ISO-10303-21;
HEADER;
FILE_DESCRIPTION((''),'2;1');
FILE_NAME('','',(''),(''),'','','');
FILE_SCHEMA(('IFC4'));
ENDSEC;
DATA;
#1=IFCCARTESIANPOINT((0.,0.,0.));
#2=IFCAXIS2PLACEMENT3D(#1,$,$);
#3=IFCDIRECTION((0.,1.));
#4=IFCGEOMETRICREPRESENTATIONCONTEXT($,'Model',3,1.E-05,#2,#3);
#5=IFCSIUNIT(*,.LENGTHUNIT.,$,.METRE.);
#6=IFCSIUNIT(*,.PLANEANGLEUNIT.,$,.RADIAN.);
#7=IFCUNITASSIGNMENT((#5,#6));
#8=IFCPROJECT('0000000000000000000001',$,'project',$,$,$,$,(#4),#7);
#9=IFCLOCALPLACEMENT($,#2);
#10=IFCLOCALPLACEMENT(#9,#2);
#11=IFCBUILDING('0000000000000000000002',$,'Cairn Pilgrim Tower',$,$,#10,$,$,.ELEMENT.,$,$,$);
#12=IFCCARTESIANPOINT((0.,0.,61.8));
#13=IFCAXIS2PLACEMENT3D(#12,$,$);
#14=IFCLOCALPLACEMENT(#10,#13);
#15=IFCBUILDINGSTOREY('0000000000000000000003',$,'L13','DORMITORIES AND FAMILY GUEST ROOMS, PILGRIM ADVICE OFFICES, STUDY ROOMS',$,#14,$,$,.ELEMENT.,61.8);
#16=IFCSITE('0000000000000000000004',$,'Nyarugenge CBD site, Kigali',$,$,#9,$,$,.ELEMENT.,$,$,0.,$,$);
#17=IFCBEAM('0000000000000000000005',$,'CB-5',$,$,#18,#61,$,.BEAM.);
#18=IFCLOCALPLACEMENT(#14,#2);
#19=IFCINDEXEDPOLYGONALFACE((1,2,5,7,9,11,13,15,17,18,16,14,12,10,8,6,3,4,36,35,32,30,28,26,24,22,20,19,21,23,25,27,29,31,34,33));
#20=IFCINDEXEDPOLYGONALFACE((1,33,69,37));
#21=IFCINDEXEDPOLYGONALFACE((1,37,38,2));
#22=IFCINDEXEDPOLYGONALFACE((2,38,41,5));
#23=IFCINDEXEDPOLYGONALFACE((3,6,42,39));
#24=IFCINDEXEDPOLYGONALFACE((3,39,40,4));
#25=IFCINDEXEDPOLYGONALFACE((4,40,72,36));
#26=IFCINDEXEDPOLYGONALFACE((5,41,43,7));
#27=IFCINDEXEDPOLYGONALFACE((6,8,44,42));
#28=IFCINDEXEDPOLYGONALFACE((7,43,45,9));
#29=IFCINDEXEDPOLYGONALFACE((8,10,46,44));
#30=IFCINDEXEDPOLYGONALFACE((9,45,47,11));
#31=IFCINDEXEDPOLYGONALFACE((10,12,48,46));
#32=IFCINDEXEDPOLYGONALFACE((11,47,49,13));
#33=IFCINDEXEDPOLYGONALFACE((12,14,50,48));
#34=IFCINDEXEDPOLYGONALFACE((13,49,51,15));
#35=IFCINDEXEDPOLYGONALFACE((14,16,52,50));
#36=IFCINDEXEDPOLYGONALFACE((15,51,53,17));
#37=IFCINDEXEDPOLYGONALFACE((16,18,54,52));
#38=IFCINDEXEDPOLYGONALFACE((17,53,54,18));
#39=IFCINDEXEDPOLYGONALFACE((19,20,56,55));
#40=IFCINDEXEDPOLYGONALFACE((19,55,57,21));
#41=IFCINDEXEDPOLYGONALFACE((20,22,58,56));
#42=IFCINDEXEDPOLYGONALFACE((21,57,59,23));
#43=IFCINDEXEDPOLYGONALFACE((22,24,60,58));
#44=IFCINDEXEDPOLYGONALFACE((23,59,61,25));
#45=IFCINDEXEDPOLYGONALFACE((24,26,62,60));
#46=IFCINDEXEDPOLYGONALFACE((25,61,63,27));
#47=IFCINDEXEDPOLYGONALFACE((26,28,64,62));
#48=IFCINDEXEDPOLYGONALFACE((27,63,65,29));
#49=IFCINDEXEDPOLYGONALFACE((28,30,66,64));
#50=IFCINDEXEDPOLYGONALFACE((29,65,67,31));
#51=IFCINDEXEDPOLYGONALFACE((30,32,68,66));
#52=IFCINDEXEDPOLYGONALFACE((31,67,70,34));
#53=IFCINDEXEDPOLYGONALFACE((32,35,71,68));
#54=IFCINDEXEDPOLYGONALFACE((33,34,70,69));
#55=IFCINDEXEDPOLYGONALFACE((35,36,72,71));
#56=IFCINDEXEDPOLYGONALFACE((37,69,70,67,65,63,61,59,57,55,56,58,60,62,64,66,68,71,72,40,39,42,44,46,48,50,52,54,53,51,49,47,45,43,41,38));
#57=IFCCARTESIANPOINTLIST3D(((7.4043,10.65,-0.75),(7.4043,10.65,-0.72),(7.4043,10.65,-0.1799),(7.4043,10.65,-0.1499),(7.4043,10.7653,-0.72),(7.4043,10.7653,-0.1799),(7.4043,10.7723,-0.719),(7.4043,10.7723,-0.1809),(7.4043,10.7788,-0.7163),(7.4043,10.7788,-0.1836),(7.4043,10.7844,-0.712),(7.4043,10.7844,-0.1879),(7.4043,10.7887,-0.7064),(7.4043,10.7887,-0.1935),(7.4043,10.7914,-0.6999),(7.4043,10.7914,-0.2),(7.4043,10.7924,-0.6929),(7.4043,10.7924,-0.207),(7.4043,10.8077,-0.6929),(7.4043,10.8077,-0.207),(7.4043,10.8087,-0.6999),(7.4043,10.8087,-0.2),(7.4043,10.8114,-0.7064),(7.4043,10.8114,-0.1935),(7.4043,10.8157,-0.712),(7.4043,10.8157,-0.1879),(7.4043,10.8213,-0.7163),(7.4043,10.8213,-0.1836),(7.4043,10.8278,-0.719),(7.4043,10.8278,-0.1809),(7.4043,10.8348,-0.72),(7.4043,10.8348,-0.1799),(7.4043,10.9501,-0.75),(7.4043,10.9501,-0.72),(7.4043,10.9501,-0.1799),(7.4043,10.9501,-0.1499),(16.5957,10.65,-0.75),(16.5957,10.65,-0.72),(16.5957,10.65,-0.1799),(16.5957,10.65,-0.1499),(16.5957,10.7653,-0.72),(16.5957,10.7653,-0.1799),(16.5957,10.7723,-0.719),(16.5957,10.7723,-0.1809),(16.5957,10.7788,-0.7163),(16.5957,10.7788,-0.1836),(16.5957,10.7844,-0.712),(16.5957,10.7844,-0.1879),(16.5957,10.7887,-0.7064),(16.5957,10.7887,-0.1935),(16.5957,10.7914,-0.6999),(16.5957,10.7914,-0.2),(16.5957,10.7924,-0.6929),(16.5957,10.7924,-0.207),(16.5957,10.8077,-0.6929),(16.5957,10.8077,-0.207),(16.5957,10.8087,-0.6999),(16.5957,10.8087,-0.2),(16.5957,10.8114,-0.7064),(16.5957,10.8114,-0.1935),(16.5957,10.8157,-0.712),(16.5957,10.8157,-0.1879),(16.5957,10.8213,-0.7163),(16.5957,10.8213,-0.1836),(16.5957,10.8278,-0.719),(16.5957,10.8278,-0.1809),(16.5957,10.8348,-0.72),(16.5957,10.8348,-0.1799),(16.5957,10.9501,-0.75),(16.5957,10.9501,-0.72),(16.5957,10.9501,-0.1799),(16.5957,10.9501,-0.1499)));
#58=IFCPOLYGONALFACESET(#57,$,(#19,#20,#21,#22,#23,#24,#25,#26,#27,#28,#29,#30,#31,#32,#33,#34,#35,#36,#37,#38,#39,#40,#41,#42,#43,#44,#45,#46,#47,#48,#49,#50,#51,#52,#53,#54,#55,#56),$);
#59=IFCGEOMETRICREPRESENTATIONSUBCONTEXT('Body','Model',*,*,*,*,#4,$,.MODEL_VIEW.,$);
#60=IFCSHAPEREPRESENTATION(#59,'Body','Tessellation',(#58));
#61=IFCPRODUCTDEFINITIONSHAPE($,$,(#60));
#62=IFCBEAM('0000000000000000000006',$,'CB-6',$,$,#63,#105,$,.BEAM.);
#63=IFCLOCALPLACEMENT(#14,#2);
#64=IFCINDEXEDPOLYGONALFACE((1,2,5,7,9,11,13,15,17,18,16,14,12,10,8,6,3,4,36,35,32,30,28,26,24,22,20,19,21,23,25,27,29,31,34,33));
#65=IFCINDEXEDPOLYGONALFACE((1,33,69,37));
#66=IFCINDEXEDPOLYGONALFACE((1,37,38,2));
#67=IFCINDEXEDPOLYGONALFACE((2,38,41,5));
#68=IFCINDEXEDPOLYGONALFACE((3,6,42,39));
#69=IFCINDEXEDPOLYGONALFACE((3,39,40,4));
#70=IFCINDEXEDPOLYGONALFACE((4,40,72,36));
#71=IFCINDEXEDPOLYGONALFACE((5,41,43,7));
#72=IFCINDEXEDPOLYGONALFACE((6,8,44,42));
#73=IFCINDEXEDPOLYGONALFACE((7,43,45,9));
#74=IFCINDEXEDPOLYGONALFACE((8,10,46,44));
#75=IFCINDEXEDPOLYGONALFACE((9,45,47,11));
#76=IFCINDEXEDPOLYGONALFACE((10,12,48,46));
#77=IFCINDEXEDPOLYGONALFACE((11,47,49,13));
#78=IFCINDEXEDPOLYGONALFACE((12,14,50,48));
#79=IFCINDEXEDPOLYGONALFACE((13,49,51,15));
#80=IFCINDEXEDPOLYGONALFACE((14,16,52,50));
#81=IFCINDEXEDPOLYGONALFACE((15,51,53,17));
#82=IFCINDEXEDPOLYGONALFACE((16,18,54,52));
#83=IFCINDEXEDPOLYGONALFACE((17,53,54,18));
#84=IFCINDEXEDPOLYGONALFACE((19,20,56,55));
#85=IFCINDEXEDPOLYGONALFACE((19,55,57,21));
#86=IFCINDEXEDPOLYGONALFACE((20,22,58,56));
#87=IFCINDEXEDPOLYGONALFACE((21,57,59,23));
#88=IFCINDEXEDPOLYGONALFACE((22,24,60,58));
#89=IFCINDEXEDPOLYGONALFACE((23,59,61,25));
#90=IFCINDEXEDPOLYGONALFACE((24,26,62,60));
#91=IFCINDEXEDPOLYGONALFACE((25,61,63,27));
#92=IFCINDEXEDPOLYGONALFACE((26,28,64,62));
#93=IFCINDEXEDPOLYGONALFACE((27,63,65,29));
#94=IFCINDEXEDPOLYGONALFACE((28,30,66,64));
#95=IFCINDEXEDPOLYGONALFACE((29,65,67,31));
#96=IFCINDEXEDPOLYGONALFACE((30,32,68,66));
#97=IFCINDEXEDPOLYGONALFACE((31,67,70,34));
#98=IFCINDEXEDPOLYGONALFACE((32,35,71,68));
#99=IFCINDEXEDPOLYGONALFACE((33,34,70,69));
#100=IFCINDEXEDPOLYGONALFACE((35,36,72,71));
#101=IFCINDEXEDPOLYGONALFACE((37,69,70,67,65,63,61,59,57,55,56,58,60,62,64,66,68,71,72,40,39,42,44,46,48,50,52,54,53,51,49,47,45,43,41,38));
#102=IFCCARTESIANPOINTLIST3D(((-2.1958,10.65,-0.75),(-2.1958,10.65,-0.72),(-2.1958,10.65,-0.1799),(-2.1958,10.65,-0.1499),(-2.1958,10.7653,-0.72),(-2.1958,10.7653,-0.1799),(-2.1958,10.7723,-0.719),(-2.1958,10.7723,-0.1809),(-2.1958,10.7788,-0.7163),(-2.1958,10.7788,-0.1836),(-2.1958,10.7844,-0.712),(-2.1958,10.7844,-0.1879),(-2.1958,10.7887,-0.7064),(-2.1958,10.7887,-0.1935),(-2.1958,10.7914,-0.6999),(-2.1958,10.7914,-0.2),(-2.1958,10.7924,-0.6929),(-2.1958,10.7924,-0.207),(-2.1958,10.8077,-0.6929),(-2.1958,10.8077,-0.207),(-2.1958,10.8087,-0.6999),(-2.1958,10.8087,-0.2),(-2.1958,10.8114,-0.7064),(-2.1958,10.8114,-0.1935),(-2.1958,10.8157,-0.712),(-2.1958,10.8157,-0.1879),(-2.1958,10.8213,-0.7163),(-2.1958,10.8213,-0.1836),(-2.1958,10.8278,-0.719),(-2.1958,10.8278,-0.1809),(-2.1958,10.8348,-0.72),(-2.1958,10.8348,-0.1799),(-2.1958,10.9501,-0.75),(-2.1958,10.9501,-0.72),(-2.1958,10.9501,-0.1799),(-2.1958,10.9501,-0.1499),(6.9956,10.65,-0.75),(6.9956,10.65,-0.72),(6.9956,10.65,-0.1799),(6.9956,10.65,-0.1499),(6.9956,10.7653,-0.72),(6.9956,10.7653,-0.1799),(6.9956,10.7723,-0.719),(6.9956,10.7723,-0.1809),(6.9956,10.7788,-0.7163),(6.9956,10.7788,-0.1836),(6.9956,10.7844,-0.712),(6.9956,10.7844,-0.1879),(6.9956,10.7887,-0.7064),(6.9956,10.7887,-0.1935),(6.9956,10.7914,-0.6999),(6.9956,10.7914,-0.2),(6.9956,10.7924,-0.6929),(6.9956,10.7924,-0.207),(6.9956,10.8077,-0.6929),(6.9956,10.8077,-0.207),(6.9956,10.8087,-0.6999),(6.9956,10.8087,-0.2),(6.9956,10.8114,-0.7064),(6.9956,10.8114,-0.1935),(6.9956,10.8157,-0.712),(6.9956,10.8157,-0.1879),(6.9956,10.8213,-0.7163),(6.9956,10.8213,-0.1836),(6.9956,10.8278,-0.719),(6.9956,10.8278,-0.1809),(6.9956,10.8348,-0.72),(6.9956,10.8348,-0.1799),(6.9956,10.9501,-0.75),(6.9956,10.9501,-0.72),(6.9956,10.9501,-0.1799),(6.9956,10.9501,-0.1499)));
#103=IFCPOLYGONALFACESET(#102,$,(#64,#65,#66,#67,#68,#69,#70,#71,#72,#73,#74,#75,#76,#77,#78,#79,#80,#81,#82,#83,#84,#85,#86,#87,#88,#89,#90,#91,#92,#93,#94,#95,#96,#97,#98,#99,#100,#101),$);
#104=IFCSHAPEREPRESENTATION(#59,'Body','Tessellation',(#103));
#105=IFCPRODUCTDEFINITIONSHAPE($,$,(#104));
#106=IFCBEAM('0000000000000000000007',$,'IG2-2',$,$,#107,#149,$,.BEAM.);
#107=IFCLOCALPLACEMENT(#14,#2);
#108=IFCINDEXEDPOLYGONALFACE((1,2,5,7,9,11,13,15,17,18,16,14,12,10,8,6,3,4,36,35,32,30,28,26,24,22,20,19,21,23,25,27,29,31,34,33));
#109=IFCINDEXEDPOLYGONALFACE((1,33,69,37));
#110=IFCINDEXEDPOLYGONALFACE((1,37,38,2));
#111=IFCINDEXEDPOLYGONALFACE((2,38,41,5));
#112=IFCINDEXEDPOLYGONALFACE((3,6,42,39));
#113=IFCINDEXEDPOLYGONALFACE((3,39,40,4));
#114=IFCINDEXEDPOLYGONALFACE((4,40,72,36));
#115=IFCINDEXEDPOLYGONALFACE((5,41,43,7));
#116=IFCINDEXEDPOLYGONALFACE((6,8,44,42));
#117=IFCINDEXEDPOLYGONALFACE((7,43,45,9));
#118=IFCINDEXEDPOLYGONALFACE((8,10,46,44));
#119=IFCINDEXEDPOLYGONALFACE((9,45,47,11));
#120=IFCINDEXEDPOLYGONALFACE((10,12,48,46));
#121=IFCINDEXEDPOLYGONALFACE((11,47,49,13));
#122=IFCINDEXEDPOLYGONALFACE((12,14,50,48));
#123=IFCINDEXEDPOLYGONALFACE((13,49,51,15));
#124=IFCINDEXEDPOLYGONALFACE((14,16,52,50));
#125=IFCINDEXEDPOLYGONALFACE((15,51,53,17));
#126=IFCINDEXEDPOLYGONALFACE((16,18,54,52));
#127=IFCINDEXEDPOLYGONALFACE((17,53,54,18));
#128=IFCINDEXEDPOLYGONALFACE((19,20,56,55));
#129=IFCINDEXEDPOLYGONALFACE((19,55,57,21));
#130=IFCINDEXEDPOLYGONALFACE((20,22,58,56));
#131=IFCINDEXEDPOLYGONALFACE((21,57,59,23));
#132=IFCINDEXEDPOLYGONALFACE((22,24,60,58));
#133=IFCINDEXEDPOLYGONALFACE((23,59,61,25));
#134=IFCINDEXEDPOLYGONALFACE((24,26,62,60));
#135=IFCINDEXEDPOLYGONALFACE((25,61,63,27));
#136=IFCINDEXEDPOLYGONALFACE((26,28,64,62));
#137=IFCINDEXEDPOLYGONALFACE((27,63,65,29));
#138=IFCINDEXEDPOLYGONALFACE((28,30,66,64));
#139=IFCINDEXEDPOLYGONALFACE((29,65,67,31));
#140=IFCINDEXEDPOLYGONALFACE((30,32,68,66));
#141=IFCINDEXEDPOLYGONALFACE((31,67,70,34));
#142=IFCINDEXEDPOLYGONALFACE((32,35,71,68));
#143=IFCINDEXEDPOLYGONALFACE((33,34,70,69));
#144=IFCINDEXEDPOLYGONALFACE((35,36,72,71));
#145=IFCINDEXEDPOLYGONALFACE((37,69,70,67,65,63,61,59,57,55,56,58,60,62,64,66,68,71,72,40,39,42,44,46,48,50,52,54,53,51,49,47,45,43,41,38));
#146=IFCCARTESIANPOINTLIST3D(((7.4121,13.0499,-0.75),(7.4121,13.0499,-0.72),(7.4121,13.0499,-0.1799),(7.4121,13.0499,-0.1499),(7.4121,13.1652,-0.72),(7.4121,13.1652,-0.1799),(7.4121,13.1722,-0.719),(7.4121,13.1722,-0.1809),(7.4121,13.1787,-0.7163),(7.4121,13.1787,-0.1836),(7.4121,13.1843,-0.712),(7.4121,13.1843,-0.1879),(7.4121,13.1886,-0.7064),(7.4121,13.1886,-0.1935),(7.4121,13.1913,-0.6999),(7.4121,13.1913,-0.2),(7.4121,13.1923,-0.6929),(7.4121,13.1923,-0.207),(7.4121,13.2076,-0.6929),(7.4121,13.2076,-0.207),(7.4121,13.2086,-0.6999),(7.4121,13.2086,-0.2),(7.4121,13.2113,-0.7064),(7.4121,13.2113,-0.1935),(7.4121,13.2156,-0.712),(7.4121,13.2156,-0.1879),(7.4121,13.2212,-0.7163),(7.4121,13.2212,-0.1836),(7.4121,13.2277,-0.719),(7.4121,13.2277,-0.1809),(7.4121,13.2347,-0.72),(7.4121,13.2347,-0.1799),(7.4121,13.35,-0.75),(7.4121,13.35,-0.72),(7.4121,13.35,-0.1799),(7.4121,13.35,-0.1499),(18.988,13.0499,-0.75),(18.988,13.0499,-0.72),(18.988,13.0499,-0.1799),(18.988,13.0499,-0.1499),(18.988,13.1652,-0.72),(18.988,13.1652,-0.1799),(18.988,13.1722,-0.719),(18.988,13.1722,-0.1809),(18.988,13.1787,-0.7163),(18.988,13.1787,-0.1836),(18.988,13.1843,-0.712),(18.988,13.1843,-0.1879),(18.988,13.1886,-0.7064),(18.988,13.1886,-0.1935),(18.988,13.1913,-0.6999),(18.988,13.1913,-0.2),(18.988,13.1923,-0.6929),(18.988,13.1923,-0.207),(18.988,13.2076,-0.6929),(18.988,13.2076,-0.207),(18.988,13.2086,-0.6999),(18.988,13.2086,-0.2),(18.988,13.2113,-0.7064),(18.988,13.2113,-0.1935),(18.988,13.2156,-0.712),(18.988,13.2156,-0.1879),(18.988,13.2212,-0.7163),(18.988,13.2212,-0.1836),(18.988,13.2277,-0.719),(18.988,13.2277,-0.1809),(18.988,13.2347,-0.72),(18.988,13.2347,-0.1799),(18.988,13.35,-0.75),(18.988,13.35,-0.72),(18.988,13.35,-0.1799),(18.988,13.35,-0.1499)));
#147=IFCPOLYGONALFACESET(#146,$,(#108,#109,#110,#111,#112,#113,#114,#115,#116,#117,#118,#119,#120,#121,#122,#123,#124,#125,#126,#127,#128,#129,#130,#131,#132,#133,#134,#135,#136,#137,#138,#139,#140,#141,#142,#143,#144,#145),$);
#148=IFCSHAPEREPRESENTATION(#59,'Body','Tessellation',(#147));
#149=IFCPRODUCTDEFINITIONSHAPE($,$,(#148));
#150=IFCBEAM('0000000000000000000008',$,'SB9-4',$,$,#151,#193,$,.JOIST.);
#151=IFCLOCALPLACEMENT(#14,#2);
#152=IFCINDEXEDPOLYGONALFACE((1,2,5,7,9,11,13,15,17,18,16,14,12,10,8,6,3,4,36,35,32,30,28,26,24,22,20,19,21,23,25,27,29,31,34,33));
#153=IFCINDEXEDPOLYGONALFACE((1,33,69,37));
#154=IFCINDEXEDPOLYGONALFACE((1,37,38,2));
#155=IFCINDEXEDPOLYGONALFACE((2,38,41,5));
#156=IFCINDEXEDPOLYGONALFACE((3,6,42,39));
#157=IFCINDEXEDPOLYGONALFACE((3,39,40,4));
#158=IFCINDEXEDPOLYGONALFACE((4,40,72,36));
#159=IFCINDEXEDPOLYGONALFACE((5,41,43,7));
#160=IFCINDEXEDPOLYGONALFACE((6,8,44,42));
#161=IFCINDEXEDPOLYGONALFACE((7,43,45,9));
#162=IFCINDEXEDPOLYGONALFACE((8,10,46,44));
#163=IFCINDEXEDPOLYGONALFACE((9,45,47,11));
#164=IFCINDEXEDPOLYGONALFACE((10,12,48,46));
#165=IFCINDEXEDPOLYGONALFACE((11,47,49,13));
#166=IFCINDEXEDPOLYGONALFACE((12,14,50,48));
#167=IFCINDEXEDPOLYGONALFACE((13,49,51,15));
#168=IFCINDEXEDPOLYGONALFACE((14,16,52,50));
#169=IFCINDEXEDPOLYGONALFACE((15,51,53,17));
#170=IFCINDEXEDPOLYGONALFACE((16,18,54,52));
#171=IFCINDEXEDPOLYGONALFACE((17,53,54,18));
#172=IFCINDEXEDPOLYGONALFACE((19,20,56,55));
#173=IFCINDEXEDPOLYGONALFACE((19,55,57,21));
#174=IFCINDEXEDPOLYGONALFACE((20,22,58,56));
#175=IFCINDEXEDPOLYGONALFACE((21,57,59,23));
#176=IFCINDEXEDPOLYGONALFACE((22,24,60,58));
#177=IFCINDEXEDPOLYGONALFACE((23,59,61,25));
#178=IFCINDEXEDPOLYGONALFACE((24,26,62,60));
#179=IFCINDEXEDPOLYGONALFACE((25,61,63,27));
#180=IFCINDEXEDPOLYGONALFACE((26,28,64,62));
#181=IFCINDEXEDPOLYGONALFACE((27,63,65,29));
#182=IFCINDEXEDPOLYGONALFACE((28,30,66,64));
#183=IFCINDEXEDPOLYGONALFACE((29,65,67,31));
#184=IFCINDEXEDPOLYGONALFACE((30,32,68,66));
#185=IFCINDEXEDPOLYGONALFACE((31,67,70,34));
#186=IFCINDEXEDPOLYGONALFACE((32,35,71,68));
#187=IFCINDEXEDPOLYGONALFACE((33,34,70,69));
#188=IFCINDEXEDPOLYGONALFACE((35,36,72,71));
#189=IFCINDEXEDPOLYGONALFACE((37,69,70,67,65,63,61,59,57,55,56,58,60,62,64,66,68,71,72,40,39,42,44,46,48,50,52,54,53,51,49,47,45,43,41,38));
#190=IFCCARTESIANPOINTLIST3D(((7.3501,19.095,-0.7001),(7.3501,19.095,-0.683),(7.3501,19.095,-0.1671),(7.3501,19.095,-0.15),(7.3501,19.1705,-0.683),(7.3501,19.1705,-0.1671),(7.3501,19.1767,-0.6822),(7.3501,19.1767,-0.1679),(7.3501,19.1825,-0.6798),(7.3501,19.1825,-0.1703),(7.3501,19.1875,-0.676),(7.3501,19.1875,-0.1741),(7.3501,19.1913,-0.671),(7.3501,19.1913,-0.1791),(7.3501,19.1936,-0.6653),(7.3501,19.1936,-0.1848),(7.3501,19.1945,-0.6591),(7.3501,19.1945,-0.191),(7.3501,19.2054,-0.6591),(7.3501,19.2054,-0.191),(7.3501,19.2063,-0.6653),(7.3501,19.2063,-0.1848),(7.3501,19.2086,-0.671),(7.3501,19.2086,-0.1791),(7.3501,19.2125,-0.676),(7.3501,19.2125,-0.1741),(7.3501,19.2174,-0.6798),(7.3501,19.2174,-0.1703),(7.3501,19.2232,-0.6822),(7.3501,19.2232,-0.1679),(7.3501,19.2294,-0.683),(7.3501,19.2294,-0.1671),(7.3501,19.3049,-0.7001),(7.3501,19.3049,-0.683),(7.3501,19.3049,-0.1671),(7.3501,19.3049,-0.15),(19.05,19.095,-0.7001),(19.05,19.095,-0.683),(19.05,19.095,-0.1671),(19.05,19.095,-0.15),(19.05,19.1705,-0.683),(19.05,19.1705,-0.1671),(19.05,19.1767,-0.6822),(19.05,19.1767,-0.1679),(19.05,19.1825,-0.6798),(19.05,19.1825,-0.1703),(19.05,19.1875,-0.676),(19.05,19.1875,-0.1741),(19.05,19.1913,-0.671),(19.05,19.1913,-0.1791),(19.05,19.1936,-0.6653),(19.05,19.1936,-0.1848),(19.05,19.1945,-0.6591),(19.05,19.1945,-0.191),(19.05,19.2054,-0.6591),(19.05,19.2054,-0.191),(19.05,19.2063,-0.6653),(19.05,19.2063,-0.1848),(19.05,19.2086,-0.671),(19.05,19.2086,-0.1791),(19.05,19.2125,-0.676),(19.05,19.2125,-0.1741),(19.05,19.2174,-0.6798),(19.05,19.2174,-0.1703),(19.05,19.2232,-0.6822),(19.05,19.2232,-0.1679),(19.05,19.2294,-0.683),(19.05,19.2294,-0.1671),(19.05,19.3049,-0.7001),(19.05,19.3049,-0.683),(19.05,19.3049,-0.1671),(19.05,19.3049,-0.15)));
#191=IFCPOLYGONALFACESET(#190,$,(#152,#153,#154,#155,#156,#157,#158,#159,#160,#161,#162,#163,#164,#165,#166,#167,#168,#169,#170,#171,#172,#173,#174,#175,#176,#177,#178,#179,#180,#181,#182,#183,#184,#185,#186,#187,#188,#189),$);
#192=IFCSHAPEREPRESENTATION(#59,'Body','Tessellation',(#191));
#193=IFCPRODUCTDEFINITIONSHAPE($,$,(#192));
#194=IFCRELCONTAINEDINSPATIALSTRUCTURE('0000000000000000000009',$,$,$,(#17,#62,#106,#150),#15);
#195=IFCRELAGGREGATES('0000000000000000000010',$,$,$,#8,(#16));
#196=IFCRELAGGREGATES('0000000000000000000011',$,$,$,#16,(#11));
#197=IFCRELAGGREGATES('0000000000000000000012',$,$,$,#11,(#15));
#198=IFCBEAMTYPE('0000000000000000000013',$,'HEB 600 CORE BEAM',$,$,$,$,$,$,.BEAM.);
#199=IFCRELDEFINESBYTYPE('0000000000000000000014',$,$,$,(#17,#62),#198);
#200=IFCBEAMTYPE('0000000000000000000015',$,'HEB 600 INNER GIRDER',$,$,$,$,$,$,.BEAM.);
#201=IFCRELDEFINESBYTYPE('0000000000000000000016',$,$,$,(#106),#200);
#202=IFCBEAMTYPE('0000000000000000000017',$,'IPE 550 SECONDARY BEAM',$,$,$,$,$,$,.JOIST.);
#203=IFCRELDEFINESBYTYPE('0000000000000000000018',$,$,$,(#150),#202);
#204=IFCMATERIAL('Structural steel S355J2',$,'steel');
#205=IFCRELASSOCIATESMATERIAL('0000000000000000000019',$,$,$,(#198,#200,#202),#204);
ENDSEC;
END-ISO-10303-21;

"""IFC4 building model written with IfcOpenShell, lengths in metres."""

from ifc_helpers import new_model, si_unit, direction, frame, origin, origin_2d, place, context, subcontext, project, spatial, i_section, extrude, material, material_profile, profile_set, type_object, element, save


model = new_model("IFC4")

# Units and contexts
model_context = context("Model", 3, precision=1e-05, world=origin(), true_north=direction((0.0, 1.0)))
body_context = subcontext(model_context, "Body", "Model", "MODEL_VIEW")
ifc_project = project(units=[si_unit("LENGTHUNIT", "METRE"), si_unit("PLANEANGLEUNIT", "RADIAN")], contexts=[model_context])

# Site, building, storey
site_placement = place(None, origin())
site = spatial("IfcSite", under=ifc_project, at=site_placement, Name="Nyarugenge CBD site, Kigali", CompositionType="ELEMENT", RefElevation=0.0)
building_placement = place(site_placement, origin())
building = spatial("IfcBuilding", under=site, at=building_placement, Name="Cairn Pilgrim Tower", CompositionType="ELEMENT")
storey_placement = place(building_placement, frame((0.0, 0.0, 61.8)))
storey = spatial("IfcBuildingStorey", under=building, at=storey_placement, Name="L13", Description="DORMITORIES AND FAMILY GUEST ROOMS, PILGRIM ADVICE OFFICES, STUDY ROOMS", CompositionType="ELEMENT", Elevation=61.8)

# Beams
ifc_material_1 = material(Name="Structural steel S355J2", Category="steel")
ifc_material_profile_1 = material_profile(ifc_material_1, i_section(OverallWidth=0.3, OverallDepth=0.6001, WebThickness=0.0154, FlangeThickness=0.03, FilletRadius=0.0271, at=origin_2d()), Name="HEB 600")
ifc_profile_set_1 = profile_set([ifc_material_profile_1], Name="Structural steel S355J2")
beam_type_1 = type_object("IfcBeamType", Name="HEB 600 CORE BEAM", PredefinedType="BEAM", material=ifc_profile_set_1)
for number, where, z_axis, x_axis, name in (
    (1, (16.5957, 10.8, -0.45), (-1.0, 0.0, 0.0), (0.0, -1.0, 0.0), "CB-5"),
    (2, (6.9956, 10.8, -0.45), (-1.0, 0.0, 0.0), (0.0, -1.0, 0.0), "CB-6"),
):
    element("IfcBeam", number, at=place(storey_placement, frame(where, z_axis=z_axis, x_axis=x_axis)), inside=storey, type_object=beam_type_1, Name=name, PredefinedType="BEAM", context=body_context, shape_type="SweptSolid", body=[
        extrude(i_section(OverallWidth=0.3, OverallDepth=0.6001, WebThickness=0.0154, FlangeThickness=0.03, FilletRadius=0.0271, at=origin_2d()), origin(), (0.0, 0.0, 1.0), 9.1914),
    ])
ifc_material_profile_2 = material_profile(ifc_material_1, i_section(OverallWidth=0.3, OverallDepth=0.6001, WebThickness=0.0154, FlangeThickness=0.03, FilletRadius=0.0271, at=origin_2d()), Name="HEB 600")
ifc_profile_set_2 = profile_set([ifc_material_profile_2], Name="Structural steel S355J2")
beam_type_2 = type_object("IfcBeamType", Name="HEB 600 INNER GIRDER", PredefinedType="BEAM", material=ifc_profile_set_2)
beam_1_placement = place(storey_placement, frame((7.4121, 13.2, -0.45), z_axis=(1.0, 0.0, 0.0), x_axis=(0.0, 1.0, 0.0)))
element("IfcBeam", 3, at=beam_1_placement, inside=storey, type_object=beam_type_2, Name="IG2-2", PredefinedType="BEAM", context=body_context, shape_type="SweptSolid", body=[
    extrude(i_section(OverallWidth=0.3, OverallDepth=0.6001, WebThickness=0.0154, FlangeThickness=0.03, FilletRadius=0.0271, at=origin_2d()), origin(), (0.0, 0.0, 1.0), 11.5759),
])
ifc_material_profile_3 = material_profile(ifc_material_1, i_section(OverallWidth=0.21, OverallDepth=0.55, WebThickness=0.011, FlangeThickness=0.0171, FilletRadius=0.0239, at=origin_2d()), Name="IPE 550")
ifc_profile_set_3 = profile_set([ifc_material_profile_3], Name="Structural steel S355J2")
beam_type_3 = type_object("IfcBeamType", Name="IPE 550 SECONDARY BEAM", PredefinedType="JOIST", material=ifc_profile_set_3)
beam_2_placement = place(storey_placement, frame((7.3501, 19.2, -0.425), z_axis=(1.0, 0.0, 0.0), x_axis=(0.0, 1.0, 0.0)))
element("IfcBeam", 4, at=beam_2_placement, inside=storey, type_object=beam_type_3, Name="SB9-4", PredefinedType="JOIST", context=body_context, shape_type="SweptSolid", body=[
    extrude(i_section(OverallWidth=0.21, OverallDepth=0.55, WebThickness=0.011, FlangeThickness=0.0171, FilletRadius=0.0239, at=origin_2d()), origin(), (0.0, 0.0, 1.0), 11.7),
])

save(model, "model.ifc")
